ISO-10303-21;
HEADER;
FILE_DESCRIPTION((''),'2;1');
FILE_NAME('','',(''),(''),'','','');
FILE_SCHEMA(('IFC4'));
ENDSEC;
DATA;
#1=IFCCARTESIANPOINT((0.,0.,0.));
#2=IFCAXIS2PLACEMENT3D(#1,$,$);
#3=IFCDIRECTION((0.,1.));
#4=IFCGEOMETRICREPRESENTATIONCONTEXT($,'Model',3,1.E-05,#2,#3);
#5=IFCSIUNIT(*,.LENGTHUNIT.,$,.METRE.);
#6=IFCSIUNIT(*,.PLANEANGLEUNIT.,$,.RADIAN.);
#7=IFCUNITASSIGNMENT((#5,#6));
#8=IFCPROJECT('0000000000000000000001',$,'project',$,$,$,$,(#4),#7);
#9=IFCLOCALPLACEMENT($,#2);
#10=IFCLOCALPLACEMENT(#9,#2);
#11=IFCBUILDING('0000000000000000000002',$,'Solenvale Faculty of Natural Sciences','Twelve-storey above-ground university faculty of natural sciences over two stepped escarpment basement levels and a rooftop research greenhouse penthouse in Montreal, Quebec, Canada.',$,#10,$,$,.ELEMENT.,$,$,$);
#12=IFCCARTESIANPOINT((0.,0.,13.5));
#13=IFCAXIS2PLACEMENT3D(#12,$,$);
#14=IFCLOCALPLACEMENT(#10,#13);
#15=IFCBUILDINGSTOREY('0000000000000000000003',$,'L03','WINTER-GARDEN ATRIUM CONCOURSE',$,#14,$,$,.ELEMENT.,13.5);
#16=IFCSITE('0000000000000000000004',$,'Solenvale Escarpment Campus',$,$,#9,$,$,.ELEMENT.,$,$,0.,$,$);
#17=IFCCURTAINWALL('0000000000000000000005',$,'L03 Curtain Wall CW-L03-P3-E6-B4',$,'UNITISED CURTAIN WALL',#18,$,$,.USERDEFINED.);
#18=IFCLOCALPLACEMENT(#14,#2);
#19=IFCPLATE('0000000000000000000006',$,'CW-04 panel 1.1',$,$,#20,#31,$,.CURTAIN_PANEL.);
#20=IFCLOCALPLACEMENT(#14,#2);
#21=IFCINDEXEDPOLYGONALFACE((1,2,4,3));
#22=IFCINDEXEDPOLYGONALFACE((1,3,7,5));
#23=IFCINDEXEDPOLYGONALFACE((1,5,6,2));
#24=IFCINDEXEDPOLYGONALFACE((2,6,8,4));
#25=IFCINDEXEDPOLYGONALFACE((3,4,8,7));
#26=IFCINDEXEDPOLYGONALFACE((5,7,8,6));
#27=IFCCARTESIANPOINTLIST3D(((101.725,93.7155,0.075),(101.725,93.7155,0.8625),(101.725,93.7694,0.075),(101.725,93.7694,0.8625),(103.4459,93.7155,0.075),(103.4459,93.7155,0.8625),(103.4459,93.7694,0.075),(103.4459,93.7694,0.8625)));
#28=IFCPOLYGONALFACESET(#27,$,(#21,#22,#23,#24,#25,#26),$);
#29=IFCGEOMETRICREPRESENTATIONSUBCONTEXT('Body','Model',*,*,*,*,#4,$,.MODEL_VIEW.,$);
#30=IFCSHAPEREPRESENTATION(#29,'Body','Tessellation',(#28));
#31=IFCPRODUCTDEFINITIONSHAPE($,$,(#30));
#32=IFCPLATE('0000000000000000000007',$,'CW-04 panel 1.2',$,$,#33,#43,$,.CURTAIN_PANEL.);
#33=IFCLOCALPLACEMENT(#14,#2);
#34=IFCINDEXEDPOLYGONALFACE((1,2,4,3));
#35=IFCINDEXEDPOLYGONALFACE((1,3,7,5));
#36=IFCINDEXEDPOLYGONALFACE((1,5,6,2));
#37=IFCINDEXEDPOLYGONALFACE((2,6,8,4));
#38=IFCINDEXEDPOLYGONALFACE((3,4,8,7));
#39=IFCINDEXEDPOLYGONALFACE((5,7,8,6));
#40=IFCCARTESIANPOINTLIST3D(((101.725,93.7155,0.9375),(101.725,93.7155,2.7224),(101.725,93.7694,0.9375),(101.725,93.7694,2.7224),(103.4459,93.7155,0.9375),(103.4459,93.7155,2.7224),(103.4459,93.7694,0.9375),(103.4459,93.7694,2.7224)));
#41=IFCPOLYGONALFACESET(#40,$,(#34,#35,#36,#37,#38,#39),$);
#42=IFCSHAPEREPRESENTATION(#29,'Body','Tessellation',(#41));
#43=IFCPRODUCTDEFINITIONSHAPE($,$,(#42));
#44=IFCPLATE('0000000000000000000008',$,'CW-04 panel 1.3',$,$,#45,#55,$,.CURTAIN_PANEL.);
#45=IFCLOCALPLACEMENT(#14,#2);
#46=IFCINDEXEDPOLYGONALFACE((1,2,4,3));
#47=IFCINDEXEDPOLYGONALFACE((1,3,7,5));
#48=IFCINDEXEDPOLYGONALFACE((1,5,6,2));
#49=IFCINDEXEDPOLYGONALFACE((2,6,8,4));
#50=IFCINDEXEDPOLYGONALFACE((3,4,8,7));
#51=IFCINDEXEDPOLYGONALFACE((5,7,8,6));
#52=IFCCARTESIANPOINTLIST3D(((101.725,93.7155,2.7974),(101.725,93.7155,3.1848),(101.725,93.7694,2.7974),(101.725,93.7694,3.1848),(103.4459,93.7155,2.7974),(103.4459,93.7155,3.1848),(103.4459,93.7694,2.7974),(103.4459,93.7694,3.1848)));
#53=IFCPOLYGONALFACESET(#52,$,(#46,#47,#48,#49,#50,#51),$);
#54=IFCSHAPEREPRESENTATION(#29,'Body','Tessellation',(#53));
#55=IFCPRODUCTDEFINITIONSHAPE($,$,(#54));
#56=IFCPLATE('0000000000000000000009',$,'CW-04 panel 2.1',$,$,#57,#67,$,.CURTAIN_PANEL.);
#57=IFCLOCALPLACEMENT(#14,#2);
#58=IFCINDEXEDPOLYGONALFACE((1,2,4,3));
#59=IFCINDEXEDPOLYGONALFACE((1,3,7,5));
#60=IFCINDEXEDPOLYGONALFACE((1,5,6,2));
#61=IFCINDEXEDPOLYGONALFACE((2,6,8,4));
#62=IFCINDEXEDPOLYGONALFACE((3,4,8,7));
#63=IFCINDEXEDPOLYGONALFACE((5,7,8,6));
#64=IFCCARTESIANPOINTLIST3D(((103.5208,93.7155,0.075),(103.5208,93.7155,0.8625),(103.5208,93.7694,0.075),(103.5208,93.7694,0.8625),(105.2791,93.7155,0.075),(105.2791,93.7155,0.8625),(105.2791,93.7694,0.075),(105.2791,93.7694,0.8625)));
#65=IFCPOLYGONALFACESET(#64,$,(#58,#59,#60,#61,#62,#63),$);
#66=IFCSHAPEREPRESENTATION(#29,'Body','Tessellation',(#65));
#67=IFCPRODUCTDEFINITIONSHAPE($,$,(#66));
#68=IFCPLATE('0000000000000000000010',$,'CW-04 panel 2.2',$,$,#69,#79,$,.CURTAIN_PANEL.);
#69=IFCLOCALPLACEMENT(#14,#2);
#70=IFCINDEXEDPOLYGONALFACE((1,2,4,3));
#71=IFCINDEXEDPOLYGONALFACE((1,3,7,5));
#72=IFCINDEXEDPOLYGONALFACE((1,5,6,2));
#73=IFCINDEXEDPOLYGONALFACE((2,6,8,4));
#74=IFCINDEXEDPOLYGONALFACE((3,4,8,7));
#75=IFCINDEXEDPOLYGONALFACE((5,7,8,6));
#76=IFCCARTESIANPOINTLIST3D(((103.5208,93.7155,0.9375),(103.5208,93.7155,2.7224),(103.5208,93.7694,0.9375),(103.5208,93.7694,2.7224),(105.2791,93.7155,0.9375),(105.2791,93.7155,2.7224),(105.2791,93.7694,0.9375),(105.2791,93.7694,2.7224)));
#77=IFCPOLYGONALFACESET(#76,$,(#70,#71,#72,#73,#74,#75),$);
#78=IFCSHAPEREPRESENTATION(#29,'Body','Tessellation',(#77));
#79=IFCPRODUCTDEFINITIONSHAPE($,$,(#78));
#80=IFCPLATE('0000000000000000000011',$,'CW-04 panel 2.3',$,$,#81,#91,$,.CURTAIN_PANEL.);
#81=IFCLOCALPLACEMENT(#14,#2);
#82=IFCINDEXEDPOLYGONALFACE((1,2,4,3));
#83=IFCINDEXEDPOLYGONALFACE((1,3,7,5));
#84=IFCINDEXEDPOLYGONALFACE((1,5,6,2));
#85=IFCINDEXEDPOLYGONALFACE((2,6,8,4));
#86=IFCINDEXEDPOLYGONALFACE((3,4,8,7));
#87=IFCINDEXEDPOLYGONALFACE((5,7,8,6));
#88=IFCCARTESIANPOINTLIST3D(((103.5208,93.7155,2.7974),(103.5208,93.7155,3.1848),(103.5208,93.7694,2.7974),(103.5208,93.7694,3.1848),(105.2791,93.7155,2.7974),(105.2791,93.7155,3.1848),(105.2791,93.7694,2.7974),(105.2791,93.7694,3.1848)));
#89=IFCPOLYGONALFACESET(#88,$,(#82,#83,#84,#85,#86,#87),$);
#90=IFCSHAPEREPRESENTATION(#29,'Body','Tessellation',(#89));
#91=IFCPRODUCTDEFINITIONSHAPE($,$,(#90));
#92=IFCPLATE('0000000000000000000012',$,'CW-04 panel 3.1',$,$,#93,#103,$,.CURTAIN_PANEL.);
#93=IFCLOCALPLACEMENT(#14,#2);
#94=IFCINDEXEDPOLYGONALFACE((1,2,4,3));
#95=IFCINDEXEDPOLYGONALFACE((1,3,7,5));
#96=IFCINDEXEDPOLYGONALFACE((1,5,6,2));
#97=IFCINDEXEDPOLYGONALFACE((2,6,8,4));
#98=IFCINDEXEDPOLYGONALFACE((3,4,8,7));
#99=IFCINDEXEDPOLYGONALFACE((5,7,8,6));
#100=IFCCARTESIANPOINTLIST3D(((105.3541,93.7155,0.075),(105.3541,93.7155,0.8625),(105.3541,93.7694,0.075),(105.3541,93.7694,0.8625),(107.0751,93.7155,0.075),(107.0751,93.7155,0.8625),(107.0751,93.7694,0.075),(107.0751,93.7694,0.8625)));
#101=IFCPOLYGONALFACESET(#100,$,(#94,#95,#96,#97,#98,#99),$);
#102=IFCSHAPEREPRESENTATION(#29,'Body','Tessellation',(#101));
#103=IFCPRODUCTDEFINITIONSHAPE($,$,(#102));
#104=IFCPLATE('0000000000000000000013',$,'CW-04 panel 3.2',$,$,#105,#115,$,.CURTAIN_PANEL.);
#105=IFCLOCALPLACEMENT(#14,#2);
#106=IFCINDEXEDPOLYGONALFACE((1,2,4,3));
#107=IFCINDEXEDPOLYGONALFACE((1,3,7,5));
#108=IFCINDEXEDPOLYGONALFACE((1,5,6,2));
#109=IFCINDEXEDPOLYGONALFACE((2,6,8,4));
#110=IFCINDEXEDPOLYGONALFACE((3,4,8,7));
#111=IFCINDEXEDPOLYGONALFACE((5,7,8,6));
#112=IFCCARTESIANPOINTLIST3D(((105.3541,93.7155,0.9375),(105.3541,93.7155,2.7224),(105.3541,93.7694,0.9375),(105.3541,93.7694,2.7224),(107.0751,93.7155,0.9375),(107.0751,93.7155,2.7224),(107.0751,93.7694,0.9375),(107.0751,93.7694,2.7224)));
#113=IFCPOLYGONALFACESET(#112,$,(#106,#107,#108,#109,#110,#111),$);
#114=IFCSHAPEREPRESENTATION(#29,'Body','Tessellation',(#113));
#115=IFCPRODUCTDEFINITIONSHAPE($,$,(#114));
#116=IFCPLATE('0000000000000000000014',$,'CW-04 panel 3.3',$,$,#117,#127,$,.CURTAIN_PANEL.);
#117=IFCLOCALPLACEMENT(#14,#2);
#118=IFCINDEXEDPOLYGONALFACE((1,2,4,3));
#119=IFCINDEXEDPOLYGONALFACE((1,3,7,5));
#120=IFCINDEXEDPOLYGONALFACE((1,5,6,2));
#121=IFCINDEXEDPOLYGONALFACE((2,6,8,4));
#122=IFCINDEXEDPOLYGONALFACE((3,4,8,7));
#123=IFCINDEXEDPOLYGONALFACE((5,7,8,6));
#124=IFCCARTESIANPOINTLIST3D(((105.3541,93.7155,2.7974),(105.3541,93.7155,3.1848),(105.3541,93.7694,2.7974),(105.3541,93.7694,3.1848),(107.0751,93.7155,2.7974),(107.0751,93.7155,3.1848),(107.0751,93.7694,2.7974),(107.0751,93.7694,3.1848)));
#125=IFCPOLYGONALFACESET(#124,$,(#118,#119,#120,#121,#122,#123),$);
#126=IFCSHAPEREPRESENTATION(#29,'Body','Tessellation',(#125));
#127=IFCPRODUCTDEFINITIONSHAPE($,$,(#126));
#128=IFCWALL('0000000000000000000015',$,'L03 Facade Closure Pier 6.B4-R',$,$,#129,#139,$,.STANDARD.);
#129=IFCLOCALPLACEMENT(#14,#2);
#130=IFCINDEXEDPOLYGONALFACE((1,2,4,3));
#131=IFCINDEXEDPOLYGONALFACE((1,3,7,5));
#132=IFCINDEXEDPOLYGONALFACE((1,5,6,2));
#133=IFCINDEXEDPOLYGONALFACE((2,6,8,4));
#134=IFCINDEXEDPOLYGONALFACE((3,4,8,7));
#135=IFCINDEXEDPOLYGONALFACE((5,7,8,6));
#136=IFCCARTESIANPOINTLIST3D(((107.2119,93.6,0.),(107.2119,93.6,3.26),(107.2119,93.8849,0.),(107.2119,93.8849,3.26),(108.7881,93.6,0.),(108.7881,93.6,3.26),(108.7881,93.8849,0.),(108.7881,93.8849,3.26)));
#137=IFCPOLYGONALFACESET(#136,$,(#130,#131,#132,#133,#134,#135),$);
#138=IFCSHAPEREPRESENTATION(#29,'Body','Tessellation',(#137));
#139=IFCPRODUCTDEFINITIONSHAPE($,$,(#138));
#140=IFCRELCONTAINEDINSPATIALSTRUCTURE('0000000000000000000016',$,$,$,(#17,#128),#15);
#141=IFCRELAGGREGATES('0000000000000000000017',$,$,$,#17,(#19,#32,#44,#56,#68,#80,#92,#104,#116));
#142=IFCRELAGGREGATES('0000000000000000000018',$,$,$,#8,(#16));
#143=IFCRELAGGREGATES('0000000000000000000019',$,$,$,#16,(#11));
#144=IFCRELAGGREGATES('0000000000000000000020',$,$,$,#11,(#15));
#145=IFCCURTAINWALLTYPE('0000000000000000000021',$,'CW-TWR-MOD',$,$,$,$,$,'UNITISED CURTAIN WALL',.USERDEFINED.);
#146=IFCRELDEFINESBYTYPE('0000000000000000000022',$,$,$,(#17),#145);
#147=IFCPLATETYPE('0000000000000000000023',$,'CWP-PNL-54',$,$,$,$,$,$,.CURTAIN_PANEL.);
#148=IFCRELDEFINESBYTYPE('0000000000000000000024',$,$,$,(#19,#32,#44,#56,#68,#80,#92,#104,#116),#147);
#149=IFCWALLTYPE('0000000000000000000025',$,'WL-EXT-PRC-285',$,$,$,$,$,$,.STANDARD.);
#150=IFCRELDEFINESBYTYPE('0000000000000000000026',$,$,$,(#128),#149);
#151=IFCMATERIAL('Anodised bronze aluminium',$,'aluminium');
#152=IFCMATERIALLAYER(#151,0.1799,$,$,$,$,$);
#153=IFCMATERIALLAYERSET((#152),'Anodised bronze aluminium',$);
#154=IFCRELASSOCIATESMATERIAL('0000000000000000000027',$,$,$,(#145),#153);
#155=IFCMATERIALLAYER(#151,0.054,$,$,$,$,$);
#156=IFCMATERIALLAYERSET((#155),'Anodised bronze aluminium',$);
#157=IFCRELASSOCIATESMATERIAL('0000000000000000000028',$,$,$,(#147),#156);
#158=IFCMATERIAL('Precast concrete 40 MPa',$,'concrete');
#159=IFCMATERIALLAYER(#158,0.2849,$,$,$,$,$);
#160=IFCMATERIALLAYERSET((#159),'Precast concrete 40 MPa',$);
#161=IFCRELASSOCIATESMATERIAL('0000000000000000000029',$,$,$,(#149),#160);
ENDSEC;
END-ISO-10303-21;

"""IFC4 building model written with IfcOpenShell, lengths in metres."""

from ifc_helpers import new_model, si_unit, direction, frame, frame_2d, origin, origin_2d, place, context, subcontext, project, spatial, rectangle, extrude, material, layer, layer_set, type_object, element, aggregate, save


model = new_model("IFC4")

# Units and contexts
model_context = context("Model", 3, precision=1e-05, world=origin(), true_north=direction((0.0, 1.0)))
body_context = subcontext(model_context, "Body", "Model", "MODEL_VIEW")
ifc_project = project(units=[si_unit("LENGTHUNIT", "METRE"), si_unit("PLANEANGLEUNIT", "RADIAN")], contexts=[model_context])

# Site, building, storey
site_placement = place(None, origin())
site = spatial("IfcSite", under=ifc_project, at=site_placement, Name="Solenvale Escarpment Campus", CompositionType="ELEMENT", RefElevation=0.0)
building_placement = place(site_placement, origin())
building = spatial("IfcBuilding", under=site, at=building_placement, Name="Solenvale Faculty of Natural Sciences", Description="Twelve-storey above-ground university faculty of natural sciences over two stepped escarpment basement levels and a rooftop research greenhouse penthouse in Montreal, Quebec, Canada.", CompositionType="ELEMENT")
storey_placement = place(building_placement, frame((0.0, 0.0, 13.5)))
storey = spatial("IfcBuildingStorey", under=building, at=storey_placement, Name="L03", Description="WINTER-GARDEN ATRIUM CONCOURSE", CompositionType="ELEMENT", Elevation=13.5)

# Curtain wall
ifc_material_1 = material(Name="Anodised bronze aluminium", Category="aluminium")
ifc_layer_1 = layer(ifc_material_1, 0.1799)
ifc_layer_set_1 = layer_set([ifc_layer_1], Name="Anodised bronze aluminium")
curtain_wall_type = type_object("IfcCurtainWallType", Name="CW-TWR-MOD", ElementType="UNITISED CURTAIN WALL", PredefinedType="USERDEFINED", material=ifc_layer_set_1)
curtain_wall_1_placement = place(storey_placement, origin())
curtain_wall_1 = element("IfcCurtainWall", 1, at=curtain_wall_1_placement, inside=storey, type_object=curtain_wall_type, Name="L03 Curtain Wall CW-L03-P3-E6-B4", ObjectType="UNITISED CURTAIN WALL", PredefinedType="USERDEFINED")

# Plates
ifc_layer_2 = layer(ifc_material_1, 0.054)
ifc_layer_set_2 = layer_set([ifc_layer_2], Name="Anodised bronze aluminium")
plate_type = type_object("IfcPlateType", Name="CWP-PNL-54", PredefinedType="CURTAIN_PANEL", material=ifc_layer_set_2)
plate_1_placement = place(storey_placement, frame((102.5854, 93.7424, 0.075), z_axis=(0.0, 0.0, 1.0), x_axis=(1.0, 0.0, 0.0)))
plate_1 = element("IfcPlate", 2, at=plate_1_placement, type_object=plate_type, Name="CW-04 panel 1.1", PredefinedType="CURTAIN_PANEL", context=body_context, shape_type="SweptSolid", body=[
    extrude(rectangle(XDim=1.7209, YDim=0.054, at=origin_2d()), origin(), (0.0, 0.0, 1.0), 0.7876),
])
plate_2_placement = place(storey_placement, frame((102.5854, 93.7424, 0.9375), z_axis=(0.0, 0.0, 1.0), x_axis=(1.0, 0.0, 0.0)))
plate_2 = element("IfcPlate", 3, at=plate_2_placement, type_object=plate_type, Name="CW-04 panel 1.2", PredefinedType="CURTAIN_PANEL", context=body_context, shape_type="SweptSolid", body=[
    extrude(rectangle(XDim=1.7209, YDim=0.054, at=origin_2d()), origin(), (0.0, 0.0, 1.0), 1.7849),
])
plate_3_placement = place(storey_placement, frame((102.5854, 93.7424, 2.7974), z_axis=(0.0, 0.0, 1.0), x_axis=(1.0, 0.0, 0.0)))
plate_3 = element("IfcPlate", 4, at=plate_3_placement, type_object=plate_type, Name="CW-04 panel 1.3", PredefinedType="CURTAIN_PANEL", context=body_context, shape_type="SweptSolid", body=[
    extrude(rectangle(XDim=1.7209, YDim=0.054, at=origin_2d()), origin(), (0.0, 0.0, 1.0), 0.3875),
])
plate_4_placement = place(storey_placement, frame((104.3999, 93.7424, 0.075), z_axis=(0.0, 0.0, 1.0), x_axis=(1.0, 0.0, 0.0)))
plate_4 = element("IfcPlate", 5, at=plate_4_placement, type_object=plate_type, Name="CW-04 panel 2.1", PredefinedType="CURTAIN_PANEL", context=body_context, shape_type="SweptSolid", body=[
    extrude(rectangle(XDim=1.7583, YDim=0.054, at=origin_2d()), origin(), (0.0, 0.0, 1.0), 0.7876),
])
plate_5_placement = place(storey_placement, frame((104.3999, 93.7424, 0.9375), z_axis=(0.0, 0.0, 1.0), x_axis=(1.0, 0.0, 0.0)))
plate_5 = element("IfcPlate", 6, at=plate_5_placement, type_object=plate_type, Name="CW-04 panel 2.2", PredefinedType="CURTAIN_PANEL", context=body_context, shape_type="SweptSolid", body=[
    extrude(rectangle(XDim=1.7583, YDim=0.054, at=origin_2d()), origin(), (0.0, 0.0, 1.0), 1.7849),
])
plate_6_placement = place(storey_placement, frame((104.3999, 93.7424, 2.7974), z_axis=(0.0, 0.0, 1.0), x_axis=(1.0, 0.0, 0.0)))
plate_6 = element("IfcPlate", 7, at=plate_6_placement, type_object=plate_type, Name="CW-04 panel 2.3", PredefinedType="CURTAIN_PANEL", context=body_context, shape_type="SweptSolid", body=[
    extrude(rectangle(XDim=1.7583, YDim=0.054, at=origin_2d()), origin(), (0.0, 0.0, 1.0), 0.3875),
])
plate_7_placement = place(storey_placement, frame((106.2146, 93.7424, 0.075), z_axis=(0.0, 0.0, 1.0), x_axis=(1.0, 0.0, 0.0)))
plate_7 = element("IfcPlate", 8, at=plate_7_placement, type_object=plate_type, Name="CW-04 panel 3.1", PredefinedType="CURTAIN_PANEL", context=body_context, shape_type="SweptSolid", body=[
    extrude(rectangle(XDim=1.7209, YDim=0.054, at=origin_2d()), origin(), (0.0, 0.0, 1.0), 0.7876),
])
plate_8_placement = place(storey_placement, frame((106.2146, 93.7424, 0.9375), z_axis=(0.0, 0.0, 1.0), x_axis=(1.0, 0.0, 0.0)))
plate_8 = element("IfcPlate", 9, at=plate_8_placement, type_object=plate_type, Name="CW-04 panel 3.2", PredefinedType="CURTAIN_PANEL", context=body_context, shape_type="SweptSolid", body=[
    extrude(rectangle(XDim=1.7209, YDim=0.054, at=origin_2d()), origin(), (0.0, 0.0, 1.0), 1.7849),
])
plate_9_placement = place(storey_placement, frame((106.2146, 93.7424, 2.7974), z_axis=(0.0, 0.0, 1.0), x_axis=(1.0, 0.0, 0.0)))
plate_9 = element("IfcPlate", 10, at=plate_9_placement, type_object=plate_type, Name="CW-04 panel 3.3", PredefinedType="CURTAIN_PANEL", context=body_context, shape_type="SweptSolid", body=[
    extrude(rectangle(XDim=1.7209, YDim=0.054, at=origin_2d()), origin(), (0.0, 0.0, 1.0), 0.3875),
])
aggregate(curtain_wall_1, [plate_1, plate_2, plate_3, plate_4, plate_5, plate_6, plate_7, plate_8, plate_9])

# Wall
ifc_material_2 = material(Name="Precast concrete 40 MPa", Category="concrete")
ifc_layer_3 = layer(ifc_material_2, 0.2849)
ifc_layer_set_3 = layer_set([ifc_layer_3], Name="Precast concrete 40 MPa")
wall_type = type_object("IfcWallType", Name="WL-EXT-PRC-285", PredefinedType="STANDARD", material=ifc_layer_set_3)
wall_placement = place(storey_placement, frame((107.2119, 93.7424, 0.0), z_axis=(0.0, 0.0, 1.0), x_axis=(1.0, 0.0, 0.0)))
element("IfcWall", 11, at=wall_placement, inside=storey, type_object=wall_type, Name="L03 Facade Closure Pier 6.B4-R", PredefinedType="STANDARD", context=body_context, shape_type="SweptSolid", body=[
    extrude(rectangle(XDim=1.5762, YDim=0.2849, at=frame_2d((0.7881, 0.0))), origin(), (0.0, 0.0, 1.0), 3.26),
])

save(model, "model.ifc")
